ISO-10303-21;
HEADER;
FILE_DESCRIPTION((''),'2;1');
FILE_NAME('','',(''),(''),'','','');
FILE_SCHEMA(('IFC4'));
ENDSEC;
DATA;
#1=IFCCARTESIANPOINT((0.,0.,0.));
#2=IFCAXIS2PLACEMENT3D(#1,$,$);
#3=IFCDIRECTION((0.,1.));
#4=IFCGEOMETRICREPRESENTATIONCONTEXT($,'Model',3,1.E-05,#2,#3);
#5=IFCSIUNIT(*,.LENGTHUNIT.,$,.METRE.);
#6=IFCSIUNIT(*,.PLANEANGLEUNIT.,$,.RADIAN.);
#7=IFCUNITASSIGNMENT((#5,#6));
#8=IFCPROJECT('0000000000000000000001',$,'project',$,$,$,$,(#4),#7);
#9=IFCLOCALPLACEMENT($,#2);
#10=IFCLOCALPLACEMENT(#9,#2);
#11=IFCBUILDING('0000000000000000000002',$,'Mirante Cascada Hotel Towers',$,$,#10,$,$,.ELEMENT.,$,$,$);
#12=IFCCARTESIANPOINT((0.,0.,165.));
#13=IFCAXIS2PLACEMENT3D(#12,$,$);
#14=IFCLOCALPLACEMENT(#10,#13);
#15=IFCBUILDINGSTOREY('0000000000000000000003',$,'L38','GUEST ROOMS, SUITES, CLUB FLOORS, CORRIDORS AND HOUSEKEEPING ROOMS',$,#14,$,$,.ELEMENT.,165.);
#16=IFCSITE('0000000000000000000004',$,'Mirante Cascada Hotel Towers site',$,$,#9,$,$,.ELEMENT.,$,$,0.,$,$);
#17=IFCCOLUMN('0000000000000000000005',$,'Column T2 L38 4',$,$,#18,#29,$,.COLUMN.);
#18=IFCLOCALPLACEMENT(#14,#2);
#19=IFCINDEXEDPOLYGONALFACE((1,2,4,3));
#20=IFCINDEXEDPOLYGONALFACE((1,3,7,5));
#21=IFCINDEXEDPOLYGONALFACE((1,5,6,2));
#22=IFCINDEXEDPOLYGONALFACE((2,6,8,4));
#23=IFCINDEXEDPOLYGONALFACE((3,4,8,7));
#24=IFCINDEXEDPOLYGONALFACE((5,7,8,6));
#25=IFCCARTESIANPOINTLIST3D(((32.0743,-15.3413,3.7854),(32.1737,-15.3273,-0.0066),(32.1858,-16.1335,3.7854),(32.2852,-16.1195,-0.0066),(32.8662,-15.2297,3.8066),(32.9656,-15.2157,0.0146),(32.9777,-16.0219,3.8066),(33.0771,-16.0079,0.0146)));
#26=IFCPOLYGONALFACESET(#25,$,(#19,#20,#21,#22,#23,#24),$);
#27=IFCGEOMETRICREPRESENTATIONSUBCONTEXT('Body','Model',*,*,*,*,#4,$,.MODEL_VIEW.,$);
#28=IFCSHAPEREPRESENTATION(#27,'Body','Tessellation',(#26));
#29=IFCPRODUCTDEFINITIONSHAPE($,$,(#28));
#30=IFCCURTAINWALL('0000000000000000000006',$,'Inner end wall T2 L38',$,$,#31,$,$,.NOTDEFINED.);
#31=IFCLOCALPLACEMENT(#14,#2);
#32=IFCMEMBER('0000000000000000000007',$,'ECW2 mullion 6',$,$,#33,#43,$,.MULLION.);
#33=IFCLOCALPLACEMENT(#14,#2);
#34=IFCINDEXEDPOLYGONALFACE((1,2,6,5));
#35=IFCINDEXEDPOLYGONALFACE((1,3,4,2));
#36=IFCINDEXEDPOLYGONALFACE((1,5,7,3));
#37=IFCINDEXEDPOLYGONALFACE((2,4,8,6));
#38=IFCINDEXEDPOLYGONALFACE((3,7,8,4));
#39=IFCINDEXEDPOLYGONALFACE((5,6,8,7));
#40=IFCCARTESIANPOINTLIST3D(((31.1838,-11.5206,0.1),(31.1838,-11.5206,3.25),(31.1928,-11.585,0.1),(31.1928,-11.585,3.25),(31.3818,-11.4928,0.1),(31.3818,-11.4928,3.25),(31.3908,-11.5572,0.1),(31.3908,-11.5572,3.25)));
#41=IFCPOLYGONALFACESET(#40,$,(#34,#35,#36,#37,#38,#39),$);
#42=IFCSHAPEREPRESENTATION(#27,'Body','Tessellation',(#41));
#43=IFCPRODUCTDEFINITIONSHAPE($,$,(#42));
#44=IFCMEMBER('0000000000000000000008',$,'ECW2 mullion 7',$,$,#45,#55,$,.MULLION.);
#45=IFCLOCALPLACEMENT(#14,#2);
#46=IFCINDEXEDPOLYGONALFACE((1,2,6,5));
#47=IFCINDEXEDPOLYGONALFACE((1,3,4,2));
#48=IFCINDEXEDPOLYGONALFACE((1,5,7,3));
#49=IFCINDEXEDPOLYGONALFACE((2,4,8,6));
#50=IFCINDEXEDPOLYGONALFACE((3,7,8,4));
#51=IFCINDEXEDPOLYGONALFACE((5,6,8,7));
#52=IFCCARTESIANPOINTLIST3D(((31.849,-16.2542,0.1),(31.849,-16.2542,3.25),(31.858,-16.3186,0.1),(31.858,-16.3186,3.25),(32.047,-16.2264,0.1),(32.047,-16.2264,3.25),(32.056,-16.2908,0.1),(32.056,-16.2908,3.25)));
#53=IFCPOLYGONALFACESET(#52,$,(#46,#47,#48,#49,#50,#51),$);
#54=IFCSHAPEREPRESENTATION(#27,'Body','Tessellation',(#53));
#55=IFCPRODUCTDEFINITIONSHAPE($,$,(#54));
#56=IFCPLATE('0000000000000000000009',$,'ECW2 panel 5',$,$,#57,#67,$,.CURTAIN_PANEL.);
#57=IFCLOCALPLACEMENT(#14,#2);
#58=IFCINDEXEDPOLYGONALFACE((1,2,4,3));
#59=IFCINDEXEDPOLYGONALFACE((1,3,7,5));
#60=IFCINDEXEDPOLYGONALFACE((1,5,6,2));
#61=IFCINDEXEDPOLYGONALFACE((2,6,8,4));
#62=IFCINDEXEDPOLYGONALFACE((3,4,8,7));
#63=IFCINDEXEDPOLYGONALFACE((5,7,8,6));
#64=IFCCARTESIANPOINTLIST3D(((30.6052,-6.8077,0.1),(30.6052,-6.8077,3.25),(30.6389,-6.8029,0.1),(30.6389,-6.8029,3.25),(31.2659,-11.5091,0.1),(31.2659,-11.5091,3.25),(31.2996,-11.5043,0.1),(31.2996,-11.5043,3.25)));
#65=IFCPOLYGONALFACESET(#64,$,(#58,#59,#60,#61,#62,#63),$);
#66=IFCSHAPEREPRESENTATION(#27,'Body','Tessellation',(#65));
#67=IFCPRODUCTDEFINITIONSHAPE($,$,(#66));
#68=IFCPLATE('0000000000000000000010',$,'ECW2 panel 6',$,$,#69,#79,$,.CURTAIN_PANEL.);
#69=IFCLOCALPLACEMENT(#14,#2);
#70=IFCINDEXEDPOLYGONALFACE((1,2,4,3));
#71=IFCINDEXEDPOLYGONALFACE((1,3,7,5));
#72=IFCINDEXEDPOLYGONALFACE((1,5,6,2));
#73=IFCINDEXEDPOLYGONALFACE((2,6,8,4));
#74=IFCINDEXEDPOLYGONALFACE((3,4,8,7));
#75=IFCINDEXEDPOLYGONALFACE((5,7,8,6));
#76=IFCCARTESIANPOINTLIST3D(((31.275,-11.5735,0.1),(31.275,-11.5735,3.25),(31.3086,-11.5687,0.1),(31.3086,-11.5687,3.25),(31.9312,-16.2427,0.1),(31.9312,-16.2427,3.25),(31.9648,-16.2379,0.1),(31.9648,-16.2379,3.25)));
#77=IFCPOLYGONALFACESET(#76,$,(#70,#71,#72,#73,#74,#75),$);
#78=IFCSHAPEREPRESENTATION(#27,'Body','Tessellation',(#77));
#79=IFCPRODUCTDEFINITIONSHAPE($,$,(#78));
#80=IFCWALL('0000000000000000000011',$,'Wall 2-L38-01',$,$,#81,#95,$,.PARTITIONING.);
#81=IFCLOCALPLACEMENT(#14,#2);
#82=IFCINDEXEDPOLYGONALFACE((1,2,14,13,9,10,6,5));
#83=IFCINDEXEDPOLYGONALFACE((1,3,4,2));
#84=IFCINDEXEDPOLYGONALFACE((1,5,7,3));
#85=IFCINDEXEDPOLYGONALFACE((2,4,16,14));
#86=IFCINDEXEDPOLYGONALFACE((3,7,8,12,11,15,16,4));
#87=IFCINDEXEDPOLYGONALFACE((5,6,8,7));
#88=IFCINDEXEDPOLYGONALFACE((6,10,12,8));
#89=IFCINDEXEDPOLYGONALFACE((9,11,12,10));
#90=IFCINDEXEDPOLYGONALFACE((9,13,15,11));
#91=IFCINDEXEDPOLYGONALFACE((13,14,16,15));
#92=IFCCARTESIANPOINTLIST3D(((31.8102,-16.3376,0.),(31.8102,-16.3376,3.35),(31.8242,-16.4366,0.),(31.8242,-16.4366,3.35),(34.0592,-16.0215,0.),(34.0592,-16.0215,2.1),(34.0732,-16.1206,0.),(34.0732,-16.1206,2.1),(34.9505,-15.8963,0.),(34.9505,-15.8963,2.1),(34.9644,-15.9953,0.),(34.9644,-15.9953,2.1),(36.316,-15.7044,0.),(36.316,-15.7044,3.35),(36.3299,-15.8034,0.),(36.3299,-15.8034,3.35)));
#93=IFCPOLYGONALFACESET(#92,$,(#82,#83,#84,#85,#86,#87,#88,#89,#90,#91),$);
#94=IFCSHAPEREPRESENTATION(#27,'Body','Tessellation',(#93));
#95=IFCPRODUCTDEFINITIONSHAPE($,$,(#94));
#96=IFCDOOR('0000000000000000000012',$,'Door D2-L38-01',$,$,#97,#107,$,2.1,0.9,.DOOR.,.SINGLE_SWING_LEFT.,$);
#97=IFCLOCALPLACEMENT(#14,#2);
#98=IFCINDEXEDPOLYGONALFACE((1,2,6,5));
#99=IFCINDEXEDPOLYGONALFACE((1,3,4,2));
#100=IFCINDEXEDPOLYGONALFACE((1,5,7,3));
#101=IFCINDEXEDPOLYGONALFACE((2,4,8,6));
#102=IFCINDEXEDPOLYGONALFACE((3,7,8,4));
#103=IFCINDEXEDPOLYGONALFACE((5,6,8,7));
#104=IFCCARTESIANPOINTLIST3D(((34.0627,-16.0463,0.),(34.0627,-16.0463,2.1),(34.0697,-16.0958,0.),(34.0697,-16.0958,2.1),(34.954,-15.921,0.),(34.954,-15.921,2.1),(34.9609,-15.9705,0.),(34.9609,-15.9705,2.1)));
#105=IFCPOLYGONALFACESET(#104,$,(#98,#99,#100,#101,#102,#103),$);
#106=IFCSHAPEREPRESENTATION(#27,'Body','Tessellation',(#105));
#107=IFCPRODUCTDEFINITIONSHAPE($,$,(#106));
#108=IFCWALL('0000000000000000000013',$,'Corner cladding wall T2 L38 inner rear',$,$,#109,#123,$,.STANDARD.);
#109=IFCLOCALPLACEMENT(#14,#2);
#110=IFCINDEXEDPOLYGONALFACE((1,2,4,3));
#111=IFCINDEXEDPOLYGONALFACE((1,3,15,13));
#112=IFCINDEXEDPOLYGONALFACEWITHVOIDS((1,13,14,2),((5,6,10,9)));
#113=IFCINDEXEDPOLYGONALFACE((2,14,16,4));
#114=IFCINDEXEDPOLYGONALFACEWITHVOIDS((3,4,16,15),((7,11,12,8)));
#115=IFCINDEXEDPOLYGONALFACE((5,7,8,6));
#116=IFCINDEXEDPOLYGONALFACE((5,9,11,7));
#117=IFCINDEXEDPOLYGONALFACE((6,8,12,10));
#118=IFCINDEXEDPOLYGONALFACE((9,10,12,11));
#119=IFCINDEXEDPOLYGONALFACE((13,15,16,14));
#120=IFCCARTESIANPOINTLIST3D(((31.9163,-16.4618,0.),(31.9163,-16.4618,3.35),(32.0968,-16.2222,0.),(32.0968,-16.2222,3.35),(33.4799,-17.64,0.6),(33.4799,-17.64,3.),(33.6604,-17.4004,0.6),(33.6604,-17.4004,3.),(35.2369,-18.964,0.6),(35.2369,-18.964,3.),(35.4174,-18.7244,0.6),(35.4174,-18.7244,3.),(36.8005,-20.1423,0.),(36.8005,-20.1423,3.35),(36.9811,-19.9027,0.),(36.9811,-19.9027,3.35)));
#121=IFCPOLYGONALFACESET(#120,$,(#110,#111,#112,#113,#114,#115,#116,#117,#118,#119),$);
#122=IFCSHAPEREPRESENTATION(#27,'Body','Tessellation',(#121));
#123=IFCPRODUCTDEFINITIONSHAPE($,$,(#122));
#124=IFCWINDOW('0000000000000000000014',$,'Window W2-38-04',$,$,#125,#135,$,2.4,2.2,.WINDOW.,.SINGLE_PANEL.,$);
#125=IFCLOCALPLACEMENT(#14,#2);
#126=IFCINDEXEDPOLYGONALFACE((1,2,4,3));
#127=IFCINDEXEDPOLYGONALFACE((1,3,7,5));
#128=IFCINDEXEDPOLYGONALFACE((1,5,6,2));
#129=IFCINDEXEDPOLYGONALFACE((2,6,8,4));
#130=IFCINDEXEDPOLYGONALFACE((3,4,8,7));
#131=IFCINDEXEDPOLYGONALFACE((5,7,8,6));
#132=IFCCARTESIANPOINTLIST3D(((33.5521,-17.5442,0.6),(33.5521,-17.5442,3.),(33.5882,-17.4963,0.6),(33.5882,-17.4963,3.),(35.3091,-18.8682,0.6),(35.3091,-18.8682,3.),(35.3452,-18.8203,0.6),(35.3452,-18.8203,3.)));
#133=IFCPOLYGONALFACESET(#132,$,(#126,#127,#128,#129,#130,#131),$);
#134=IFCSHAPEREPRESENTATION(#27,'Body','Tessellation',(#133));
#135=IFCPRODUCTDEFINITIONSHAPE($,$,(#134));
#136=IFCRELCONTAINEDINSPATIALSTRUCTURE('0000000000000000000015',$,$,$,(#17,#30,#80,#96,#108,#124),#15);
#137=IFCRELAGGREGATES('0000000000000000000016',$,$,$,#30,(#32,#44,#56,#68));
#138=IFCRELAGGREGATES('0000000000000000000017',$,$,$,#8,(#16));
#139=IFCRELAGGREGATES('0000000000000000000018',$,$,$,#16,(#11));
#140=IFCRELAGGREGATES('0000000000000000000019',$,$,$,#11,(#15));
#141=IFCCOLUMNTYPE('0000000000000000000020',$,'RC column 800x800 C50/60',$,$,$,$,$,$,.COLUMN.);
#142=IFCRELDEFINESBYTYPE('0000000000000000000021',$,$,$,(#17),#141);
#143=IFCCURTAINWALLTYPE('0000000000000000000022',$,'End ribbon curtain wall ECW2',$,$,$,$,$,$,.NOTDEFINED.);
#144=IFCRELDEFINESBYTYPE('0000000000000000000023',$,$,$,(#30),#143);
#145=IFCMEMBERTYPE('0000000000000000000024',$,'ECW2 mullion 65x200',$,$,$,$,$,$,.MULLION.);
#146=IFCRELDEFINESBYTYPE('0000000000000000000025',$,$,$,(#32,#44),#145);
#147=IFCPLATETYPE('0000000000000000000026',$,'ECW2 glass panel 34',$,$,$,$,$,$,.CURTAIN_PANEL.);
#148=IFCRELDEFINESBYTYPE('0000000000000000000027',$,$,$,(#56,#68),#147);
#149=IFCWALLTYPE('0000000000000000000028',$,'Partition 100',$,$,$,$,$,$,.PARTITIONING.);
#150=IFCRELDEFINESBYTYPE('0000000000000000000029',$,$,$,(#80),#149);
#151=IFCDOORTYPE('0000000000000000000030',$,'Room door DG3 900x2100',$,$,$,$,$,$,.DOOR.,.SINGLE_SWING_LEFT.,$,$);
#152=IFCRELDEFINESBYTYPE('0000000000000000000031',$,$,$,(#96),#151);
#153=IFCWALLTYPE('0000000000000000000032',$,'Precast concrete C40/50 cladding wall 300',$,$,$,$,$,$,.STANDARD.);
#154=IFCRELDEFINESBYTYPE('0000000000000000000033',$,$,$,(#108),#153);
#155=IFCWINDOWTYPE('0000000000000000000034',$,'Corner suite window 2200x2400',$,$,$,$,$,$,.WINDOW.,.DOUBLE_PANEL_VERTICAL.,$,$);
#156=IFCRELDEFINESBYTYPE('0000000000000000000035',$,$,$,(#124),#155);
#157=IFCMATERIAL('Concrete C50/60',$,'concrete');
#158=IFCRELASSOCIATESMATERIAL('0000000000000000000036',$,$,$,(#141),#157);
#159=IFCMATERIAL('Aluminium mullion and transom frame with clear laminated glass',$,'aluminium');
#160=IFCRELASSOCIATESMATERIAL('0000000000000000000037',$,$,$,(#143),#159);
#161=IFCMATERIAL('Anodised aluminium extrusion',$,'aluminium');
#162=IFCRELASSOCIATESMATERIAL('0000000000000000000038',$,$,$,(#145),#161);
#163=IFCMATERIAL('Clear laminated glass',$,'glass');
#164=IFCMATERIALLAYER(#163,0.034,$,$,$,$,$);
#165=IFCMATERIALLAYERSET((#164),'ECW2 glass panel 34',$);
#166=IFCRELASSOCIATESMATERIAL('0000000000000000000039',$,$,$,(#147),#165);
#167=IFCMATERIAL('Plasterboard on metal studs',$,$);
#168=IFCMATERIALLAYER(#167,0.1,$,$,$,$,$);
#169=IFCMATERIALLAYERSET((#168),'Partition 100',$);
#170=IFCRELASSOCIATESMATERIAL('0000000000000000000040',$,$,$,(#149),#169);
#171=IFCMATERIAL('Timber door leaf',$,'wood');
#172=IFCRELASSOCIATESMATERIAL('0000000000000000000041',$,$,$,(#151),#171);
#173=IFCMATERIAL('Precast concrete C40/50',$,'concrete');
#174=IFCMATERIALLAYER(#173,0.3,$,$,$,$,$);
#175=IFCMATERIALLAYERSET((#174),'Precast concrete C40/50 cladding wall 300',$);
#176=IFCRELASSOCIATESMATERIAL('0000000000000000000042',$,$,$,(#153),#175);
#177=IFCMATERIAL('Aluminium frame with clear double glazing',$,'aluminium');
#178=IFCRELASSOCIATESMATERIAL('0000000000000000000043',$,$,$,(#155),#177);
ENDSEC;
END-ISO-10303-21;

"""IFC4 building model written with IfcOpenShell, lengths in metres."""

from ifc_helpers import new_model, si_unit, direction, frame, frame_2d, origin, origin_2d, place, context, subcontext, project, spatial, rectangle, extrude, material, layer, layer_set, material_profile, profile_set, type_object, element, fill, aggregate, save


model = new_model("IFC4")

# Units and contexts
model_context = context("Model", 3, precision=1e-05, world=origin(), true_north=direction((0.0, 1.0)))
body_context = subcontext(model_context, "Body", "Model", "MODEL_VIEW")
ifc_project = project(units=[si_unit("LENGTHUNIT", "METRE"), si_unit("PLANEANGLEUNIT", "RADIAN")], contexts=[model_context])

# Site, building, storey
site_placement = place(None, origin())
site = spatial("IfcSite", under=ifc_project, at=site_placement, Name="Mirante Cascada Hotel Towers site", CompositionType="ELEMENT", RefElevation=0.0)
building_placement = place(site_placement, origin())
building = spatial("IfcBuilding", under=site, at=building_placement, Name="Mirante Cascada Hotel Towers", CompositionType="ELEMENT")
storey_placement = place(building_placement, frame((0.0, 0.0, 165.0)))
storey = spatial("IfcBuildingStorey", under=building, at=storey_placement, Name="L38", Description="GUEST ROOMS, SUITES, CLUB FLOORS, CORRIDORS AND HOUSEKEEPING ROOMS", CompositionType="ELEMENT", Elevation=165.0)

# Column
ifc_material_1 = material(Name="Concrete C50/60", Category="concrete")
ifc_material_profile_1 = material_profile(ifc_material_1, rectangle(XDim=0.8, YDim=0.8, at=origin_2d()), Name="RC column 800x800 C50/60")
ifc_profile_set_1 = profile_set([ifc_material_profile_1], Name="Concrete C50/60")
column_type = type_object("IfcColumnType", Name="RC column 800x800 C50/60", PredefinedType="COLUMN", material=ifc_profile_set_1)
column_placement = place(storey_placement, frame((32.6254, -15.6676, 0.004), z_axis=(-0.026204, -0.003691, 0.99965), x_axis=(0.139468, -0.990227, 0.0)))
element("IfcColumn", 1, at=column_placement, inside=storey, type_object=column_type, Name="Column T2 L38 4", PredefinedType="COLUMN", context=body_context, shape_type="SweptSolid", body=[
    extrude(rectangle(XDim=0.8, YDim=0.8, at=origin_2d()), origin(), (0.0, 0.0, 1.0), 3.7933),
])

# Curtain wall, members, plates
ifc_material_2 = material(Name="Aluminium mullion and transom frame with clear laminated glass", Category="aluminium")
curtain_wall_type = type_object("IfcCurtainWallType", Name="End ribbon curtain wall ECW2", PredefinedType="NOTDEFINED", material=ifc_material_2)
curtain_wall_placement = place(storey_placement, origin())
curtain_wall = element("IfcCurtainWall", 2, at=curtain_wall_placement, inside=storey, type_object=curtain_wall_type, Name="Inner end wall T2 L38", PredefinedType="NOTDEFINED")
ifc_material_3 = material(Name="Anodised aluminium extrusion", Category="aluminium")
ifc_material_profile_2 = material_profile(ifc_material_3, rectangle(XDim=0.2, YDim=0.065, at=origin_2d()), Name="ECW2 MULLION 65x200")
ifc_profile_set_2 = profile_set([ifc_material_profile_2], Name="Anodised aluminium extrusion")
member_type = type_object("IfcMemberType", Name="ECW2 mullion 65x200", PredefinedType="MULLION", material=ifc_profile_set_2)
member_1_placement = place(storey_placement, frame((31.2873, -11.5389, 0.1), z_axis=(0.0, 0.0, 1.0), x_axis=(0.990268, 0.139173, 0.0)))
member_1 = element("IfcMember", 3, at=member_1_placement, type_object=member_type, Name="ECW2 mullion 6", PredefinedType="MULLION", context=body_context, shape_type="SweptSolid", body=[
    extrude(rectangle(XDim=0.2, YDim=0.065, at=origin_2d()), origin(), (0.0, 0.0, 1.0), 3.15),
])
member_2_placement = place(storey_placement, frame((31.9525, -16.2725, 0.1), z_axis=(0.0, 0.0, 1.0), x_axis=(0.990268, 0.139173, 0.0)))
member_2 = element("IfcMember", 4, at=member_2_placement, type_object=member_type, Name="ECW2 mullion 7", PredefinedType="MULLION", context=body_context, shape_type="SweptSolid", body=[
    extrude(rectangle(XDim=0.2, YDim=0.065, at=origin_2d()), origin(), (0.0, 0.0, 1.0), 3.15),
])
ifc_material_4 = material(Name="Clear laminated glass", Category="glass")
ifc_layer_1 = layer(ifc_material_4, 0.034)
ifc_layer_set_1 = layer_set([ifc_layer_1], Name="ECW2 glass panel 34")
plate_type = type_object("IfcPlateType", Name="ECW2 glass panel 34", PredefinedType="CURTAIN_PANEL", material=ifc_layer_set_1)
plate_1_placement = place(storey_placement, frame((30.9524, -9.156, 0.1), z_axis=(0.0, 0.0, 1.0), x_axis=(0.139173, -0.990268, 0.0)))
plate_1 = element("IfcPlate", 5, at=plate_1_placement, type_object=plate_type, Name="ECW2 panel 5", PredefinedType="CURTAIN_PANEL", context=body_context, shape_type="SweptSolid", body=[
    extrude(rectangle(XDim=4.7476, YDim=0.034, at=origin_2d()), origin(), (0.0, 0.0, 1.0), 3.15),
])
plate_2_placement = place(storey_placement, frame((31.6199, -13.9057, 0.1), z_axis=(0.0, 0.0, 1.0), x_axis=(0.139173, -0.990268, 0.0)))
plate_2 = element("IfcPlate", 6, at=plate_2_placement, type_object=plate_type, Name="ECW2 panel 6", PredefinedType="CURTAIN_PANEL", context=body_context, shape_type="SweptSolid", body=[
    extrude(rectangle(XDim=4.7151, YDim=0.034, at=origin_2d()), origin(), (0.0, 0.0, 1.0), 3.15),
])
aggregate(curtain_wall, [member_1, member_2, plate_1, plate_2])

# Wall, opening, door
ifc_material_5 = material(Name="Plasterboard on metal studs")
ifc_layer_2 = layer(ifc_material_5, 0.1)
ifc_layer_set_2 = layer_set([ifc_layer_2], Name="Partition 100")
wall_type_1 = type_object("IfcWallType", Name="Partition 100", PredefinedType="PARTITIONING", material=ifc_layer_set_2)
wall_1_placement = place(storey_placement, frame((31.8172, -16.3871, 0.0), z_axis=(0.0, 0.0, 1.0), x_axis=(0.990269, 0.139166, 0.0)))
wall_1 = element("IfcWall", 7, at=wall_1_placement, inside=storey, type_object=wall_type_1, Name="Wall 2-L38-01", PredefinedType="PARTITIONING", context=body_context, shape_type="SweptSolid", body=[
    extrude(rectangle(XDim=4.55, YDim=0.1, at=frame_2d((2.275, 0.0))), origin(), (0.0, 0.0, 1.0), 3.35),
])
opening_1_placement = place(wall_1_placement, frame((2.2711, 0.0, 0.0)))
opening_1 = element("IfcOpeningElement", 8, at=opening_1_placement, cuts=wall_1, PredefinedType="OPENING", context=body_context, shape_type="SweptSolid", body=[
    extrude(rectangle(XDim=0.9, YDim=2.1, at=frame_2d((0.45, 1.05))), frame((0.0, 0.05, 0.0), z_axis=(0.0, -1.0, 0.0), x_axis=(1.0, 0.0, 0.0)), (0.0, 0.0, 1.0), 0.1),
])
ifc_material_6 = material(Name="Timber door leaf", Category="wood")
door_type = type_object("IfcDoorType", Name="Room door DG3 900x2100", OperationType="SINGLE_SWING_LEFT", PredefinedType="DOOR", material=ifc_material_6)
door_placement = place(opening_1_placement, origin())
door = element("IfcDoor", 9, at=door_placement, inside=storey, type_object=door_type, Name="Door D2-L38-01", OperationType="SINGLE_SWING_LEFT", OverallHeight=2.1, OverallWidth=0.9, PredefinedType="DOOR", context=body_context, shape_type="SweptSolid", body=[
    extrude(rectangle(XDim=0.9, YDim=2.1, at=frame_2d((0.45, 1.05))), frame((0.0, 0.025, 0.0), z_axis=(0.0, -1.0, 0.0), x_axis=(1.0, 0.0, 0.0)), (0.0, 0.0, 1.0), 0.05),
])
fill(opening_1, door)

# Wall, opening, window
ifc_material_7 = material(Name="Precast concrete C40/50", Category="concrete")
ifc_layer_3 = layer(ifc_material_7, 0.3)
ifc_layer_set_3 = layer_set([ifc_layer_3], Name="Precast concrete C40/50 cladding wall 300")
wall_type_2 = type_object("IfcWallType", Name="Precast concrete C40/50 cladding wall 300", PredefinedType="STANDARD", material=ifc_layer_set_3)
wall_2_placement = place(storey_placement, frame((32.0066, -16.342, 0.0), z_axis=(0.0, 0.0, 1.0), x_axis=(0.798636, -0.601814, 0.0)))
wall_2 = element("IfcWall", 10, at=wall_2_placement, inside=storey, type_object=wall_type_2, Name="Corner cladding wall T2 L38 inner rear", PredefinedType="STANDARD", context=body_context, shape_type="SweptSolid", body=[
    extrude(rectangle(XDim=6.1157, YDim=0.3, at=frame_2d((3.0578, 0.0))), origin(), (0.0, 0.0, 1.0), 3.35),
])
opening_2_placement = place(wall_2_placement, frame((1.9578, 0.0, 0.6)))
opening_2 = element("IfcOpeningElement", 11, at=opening_2_placement, cuts=wall_2, PredefinedType="OPENING", context=body_context, shape_type="SweptSolid", body=[
    extrude(rectangle(XDim=2.2, YDim=2.4, at=frame_2d((1.1, 1.2))), frame((0.0, 0.15, 0.0), z_axis=(0.0, -1.0, 0.0), x_axis=(1.0, 0.0, 0.0)), (0.0, 0.0, 1.0), 0.3),
])
ifc_material_8 = material(Name="Aluminium frame with clear double glazing", Category="aluminium")
window_type = type_object("IfcWindowType", Name="Corner suite window 2200x2400", PartitioningType="DOUBLE_PANEL_VERTICAL", PredefinedType="WINDOW", material=ifc_material_8)
window_placement = place(opening_2_placement, origin())
window = element("IfcWindow", 12, at=window_placement, inside=storey, type_object=window_type, Name="Window W2-38-04", OverallHeight=2.4, OverallWidth=2.2, PartitioningType="SINGLE_PANEL", PredefinedType="WINDOW", context=body_context, shape_type="SweptSolid", body=[
    extrude(rectangle(XDim=2.2, YDim=2.4, at=frame_2d((1.1, 1.2))), frame((0.0, 0.03, 0.0), z_axis=(0.0, -1.0, 0.0), x_axis=(1.0, 0.0, 0.0)), (0.0, 0.0, 1.0), 0.06),
])
fill(opening_2, window)

save(model, "model.ifc")
